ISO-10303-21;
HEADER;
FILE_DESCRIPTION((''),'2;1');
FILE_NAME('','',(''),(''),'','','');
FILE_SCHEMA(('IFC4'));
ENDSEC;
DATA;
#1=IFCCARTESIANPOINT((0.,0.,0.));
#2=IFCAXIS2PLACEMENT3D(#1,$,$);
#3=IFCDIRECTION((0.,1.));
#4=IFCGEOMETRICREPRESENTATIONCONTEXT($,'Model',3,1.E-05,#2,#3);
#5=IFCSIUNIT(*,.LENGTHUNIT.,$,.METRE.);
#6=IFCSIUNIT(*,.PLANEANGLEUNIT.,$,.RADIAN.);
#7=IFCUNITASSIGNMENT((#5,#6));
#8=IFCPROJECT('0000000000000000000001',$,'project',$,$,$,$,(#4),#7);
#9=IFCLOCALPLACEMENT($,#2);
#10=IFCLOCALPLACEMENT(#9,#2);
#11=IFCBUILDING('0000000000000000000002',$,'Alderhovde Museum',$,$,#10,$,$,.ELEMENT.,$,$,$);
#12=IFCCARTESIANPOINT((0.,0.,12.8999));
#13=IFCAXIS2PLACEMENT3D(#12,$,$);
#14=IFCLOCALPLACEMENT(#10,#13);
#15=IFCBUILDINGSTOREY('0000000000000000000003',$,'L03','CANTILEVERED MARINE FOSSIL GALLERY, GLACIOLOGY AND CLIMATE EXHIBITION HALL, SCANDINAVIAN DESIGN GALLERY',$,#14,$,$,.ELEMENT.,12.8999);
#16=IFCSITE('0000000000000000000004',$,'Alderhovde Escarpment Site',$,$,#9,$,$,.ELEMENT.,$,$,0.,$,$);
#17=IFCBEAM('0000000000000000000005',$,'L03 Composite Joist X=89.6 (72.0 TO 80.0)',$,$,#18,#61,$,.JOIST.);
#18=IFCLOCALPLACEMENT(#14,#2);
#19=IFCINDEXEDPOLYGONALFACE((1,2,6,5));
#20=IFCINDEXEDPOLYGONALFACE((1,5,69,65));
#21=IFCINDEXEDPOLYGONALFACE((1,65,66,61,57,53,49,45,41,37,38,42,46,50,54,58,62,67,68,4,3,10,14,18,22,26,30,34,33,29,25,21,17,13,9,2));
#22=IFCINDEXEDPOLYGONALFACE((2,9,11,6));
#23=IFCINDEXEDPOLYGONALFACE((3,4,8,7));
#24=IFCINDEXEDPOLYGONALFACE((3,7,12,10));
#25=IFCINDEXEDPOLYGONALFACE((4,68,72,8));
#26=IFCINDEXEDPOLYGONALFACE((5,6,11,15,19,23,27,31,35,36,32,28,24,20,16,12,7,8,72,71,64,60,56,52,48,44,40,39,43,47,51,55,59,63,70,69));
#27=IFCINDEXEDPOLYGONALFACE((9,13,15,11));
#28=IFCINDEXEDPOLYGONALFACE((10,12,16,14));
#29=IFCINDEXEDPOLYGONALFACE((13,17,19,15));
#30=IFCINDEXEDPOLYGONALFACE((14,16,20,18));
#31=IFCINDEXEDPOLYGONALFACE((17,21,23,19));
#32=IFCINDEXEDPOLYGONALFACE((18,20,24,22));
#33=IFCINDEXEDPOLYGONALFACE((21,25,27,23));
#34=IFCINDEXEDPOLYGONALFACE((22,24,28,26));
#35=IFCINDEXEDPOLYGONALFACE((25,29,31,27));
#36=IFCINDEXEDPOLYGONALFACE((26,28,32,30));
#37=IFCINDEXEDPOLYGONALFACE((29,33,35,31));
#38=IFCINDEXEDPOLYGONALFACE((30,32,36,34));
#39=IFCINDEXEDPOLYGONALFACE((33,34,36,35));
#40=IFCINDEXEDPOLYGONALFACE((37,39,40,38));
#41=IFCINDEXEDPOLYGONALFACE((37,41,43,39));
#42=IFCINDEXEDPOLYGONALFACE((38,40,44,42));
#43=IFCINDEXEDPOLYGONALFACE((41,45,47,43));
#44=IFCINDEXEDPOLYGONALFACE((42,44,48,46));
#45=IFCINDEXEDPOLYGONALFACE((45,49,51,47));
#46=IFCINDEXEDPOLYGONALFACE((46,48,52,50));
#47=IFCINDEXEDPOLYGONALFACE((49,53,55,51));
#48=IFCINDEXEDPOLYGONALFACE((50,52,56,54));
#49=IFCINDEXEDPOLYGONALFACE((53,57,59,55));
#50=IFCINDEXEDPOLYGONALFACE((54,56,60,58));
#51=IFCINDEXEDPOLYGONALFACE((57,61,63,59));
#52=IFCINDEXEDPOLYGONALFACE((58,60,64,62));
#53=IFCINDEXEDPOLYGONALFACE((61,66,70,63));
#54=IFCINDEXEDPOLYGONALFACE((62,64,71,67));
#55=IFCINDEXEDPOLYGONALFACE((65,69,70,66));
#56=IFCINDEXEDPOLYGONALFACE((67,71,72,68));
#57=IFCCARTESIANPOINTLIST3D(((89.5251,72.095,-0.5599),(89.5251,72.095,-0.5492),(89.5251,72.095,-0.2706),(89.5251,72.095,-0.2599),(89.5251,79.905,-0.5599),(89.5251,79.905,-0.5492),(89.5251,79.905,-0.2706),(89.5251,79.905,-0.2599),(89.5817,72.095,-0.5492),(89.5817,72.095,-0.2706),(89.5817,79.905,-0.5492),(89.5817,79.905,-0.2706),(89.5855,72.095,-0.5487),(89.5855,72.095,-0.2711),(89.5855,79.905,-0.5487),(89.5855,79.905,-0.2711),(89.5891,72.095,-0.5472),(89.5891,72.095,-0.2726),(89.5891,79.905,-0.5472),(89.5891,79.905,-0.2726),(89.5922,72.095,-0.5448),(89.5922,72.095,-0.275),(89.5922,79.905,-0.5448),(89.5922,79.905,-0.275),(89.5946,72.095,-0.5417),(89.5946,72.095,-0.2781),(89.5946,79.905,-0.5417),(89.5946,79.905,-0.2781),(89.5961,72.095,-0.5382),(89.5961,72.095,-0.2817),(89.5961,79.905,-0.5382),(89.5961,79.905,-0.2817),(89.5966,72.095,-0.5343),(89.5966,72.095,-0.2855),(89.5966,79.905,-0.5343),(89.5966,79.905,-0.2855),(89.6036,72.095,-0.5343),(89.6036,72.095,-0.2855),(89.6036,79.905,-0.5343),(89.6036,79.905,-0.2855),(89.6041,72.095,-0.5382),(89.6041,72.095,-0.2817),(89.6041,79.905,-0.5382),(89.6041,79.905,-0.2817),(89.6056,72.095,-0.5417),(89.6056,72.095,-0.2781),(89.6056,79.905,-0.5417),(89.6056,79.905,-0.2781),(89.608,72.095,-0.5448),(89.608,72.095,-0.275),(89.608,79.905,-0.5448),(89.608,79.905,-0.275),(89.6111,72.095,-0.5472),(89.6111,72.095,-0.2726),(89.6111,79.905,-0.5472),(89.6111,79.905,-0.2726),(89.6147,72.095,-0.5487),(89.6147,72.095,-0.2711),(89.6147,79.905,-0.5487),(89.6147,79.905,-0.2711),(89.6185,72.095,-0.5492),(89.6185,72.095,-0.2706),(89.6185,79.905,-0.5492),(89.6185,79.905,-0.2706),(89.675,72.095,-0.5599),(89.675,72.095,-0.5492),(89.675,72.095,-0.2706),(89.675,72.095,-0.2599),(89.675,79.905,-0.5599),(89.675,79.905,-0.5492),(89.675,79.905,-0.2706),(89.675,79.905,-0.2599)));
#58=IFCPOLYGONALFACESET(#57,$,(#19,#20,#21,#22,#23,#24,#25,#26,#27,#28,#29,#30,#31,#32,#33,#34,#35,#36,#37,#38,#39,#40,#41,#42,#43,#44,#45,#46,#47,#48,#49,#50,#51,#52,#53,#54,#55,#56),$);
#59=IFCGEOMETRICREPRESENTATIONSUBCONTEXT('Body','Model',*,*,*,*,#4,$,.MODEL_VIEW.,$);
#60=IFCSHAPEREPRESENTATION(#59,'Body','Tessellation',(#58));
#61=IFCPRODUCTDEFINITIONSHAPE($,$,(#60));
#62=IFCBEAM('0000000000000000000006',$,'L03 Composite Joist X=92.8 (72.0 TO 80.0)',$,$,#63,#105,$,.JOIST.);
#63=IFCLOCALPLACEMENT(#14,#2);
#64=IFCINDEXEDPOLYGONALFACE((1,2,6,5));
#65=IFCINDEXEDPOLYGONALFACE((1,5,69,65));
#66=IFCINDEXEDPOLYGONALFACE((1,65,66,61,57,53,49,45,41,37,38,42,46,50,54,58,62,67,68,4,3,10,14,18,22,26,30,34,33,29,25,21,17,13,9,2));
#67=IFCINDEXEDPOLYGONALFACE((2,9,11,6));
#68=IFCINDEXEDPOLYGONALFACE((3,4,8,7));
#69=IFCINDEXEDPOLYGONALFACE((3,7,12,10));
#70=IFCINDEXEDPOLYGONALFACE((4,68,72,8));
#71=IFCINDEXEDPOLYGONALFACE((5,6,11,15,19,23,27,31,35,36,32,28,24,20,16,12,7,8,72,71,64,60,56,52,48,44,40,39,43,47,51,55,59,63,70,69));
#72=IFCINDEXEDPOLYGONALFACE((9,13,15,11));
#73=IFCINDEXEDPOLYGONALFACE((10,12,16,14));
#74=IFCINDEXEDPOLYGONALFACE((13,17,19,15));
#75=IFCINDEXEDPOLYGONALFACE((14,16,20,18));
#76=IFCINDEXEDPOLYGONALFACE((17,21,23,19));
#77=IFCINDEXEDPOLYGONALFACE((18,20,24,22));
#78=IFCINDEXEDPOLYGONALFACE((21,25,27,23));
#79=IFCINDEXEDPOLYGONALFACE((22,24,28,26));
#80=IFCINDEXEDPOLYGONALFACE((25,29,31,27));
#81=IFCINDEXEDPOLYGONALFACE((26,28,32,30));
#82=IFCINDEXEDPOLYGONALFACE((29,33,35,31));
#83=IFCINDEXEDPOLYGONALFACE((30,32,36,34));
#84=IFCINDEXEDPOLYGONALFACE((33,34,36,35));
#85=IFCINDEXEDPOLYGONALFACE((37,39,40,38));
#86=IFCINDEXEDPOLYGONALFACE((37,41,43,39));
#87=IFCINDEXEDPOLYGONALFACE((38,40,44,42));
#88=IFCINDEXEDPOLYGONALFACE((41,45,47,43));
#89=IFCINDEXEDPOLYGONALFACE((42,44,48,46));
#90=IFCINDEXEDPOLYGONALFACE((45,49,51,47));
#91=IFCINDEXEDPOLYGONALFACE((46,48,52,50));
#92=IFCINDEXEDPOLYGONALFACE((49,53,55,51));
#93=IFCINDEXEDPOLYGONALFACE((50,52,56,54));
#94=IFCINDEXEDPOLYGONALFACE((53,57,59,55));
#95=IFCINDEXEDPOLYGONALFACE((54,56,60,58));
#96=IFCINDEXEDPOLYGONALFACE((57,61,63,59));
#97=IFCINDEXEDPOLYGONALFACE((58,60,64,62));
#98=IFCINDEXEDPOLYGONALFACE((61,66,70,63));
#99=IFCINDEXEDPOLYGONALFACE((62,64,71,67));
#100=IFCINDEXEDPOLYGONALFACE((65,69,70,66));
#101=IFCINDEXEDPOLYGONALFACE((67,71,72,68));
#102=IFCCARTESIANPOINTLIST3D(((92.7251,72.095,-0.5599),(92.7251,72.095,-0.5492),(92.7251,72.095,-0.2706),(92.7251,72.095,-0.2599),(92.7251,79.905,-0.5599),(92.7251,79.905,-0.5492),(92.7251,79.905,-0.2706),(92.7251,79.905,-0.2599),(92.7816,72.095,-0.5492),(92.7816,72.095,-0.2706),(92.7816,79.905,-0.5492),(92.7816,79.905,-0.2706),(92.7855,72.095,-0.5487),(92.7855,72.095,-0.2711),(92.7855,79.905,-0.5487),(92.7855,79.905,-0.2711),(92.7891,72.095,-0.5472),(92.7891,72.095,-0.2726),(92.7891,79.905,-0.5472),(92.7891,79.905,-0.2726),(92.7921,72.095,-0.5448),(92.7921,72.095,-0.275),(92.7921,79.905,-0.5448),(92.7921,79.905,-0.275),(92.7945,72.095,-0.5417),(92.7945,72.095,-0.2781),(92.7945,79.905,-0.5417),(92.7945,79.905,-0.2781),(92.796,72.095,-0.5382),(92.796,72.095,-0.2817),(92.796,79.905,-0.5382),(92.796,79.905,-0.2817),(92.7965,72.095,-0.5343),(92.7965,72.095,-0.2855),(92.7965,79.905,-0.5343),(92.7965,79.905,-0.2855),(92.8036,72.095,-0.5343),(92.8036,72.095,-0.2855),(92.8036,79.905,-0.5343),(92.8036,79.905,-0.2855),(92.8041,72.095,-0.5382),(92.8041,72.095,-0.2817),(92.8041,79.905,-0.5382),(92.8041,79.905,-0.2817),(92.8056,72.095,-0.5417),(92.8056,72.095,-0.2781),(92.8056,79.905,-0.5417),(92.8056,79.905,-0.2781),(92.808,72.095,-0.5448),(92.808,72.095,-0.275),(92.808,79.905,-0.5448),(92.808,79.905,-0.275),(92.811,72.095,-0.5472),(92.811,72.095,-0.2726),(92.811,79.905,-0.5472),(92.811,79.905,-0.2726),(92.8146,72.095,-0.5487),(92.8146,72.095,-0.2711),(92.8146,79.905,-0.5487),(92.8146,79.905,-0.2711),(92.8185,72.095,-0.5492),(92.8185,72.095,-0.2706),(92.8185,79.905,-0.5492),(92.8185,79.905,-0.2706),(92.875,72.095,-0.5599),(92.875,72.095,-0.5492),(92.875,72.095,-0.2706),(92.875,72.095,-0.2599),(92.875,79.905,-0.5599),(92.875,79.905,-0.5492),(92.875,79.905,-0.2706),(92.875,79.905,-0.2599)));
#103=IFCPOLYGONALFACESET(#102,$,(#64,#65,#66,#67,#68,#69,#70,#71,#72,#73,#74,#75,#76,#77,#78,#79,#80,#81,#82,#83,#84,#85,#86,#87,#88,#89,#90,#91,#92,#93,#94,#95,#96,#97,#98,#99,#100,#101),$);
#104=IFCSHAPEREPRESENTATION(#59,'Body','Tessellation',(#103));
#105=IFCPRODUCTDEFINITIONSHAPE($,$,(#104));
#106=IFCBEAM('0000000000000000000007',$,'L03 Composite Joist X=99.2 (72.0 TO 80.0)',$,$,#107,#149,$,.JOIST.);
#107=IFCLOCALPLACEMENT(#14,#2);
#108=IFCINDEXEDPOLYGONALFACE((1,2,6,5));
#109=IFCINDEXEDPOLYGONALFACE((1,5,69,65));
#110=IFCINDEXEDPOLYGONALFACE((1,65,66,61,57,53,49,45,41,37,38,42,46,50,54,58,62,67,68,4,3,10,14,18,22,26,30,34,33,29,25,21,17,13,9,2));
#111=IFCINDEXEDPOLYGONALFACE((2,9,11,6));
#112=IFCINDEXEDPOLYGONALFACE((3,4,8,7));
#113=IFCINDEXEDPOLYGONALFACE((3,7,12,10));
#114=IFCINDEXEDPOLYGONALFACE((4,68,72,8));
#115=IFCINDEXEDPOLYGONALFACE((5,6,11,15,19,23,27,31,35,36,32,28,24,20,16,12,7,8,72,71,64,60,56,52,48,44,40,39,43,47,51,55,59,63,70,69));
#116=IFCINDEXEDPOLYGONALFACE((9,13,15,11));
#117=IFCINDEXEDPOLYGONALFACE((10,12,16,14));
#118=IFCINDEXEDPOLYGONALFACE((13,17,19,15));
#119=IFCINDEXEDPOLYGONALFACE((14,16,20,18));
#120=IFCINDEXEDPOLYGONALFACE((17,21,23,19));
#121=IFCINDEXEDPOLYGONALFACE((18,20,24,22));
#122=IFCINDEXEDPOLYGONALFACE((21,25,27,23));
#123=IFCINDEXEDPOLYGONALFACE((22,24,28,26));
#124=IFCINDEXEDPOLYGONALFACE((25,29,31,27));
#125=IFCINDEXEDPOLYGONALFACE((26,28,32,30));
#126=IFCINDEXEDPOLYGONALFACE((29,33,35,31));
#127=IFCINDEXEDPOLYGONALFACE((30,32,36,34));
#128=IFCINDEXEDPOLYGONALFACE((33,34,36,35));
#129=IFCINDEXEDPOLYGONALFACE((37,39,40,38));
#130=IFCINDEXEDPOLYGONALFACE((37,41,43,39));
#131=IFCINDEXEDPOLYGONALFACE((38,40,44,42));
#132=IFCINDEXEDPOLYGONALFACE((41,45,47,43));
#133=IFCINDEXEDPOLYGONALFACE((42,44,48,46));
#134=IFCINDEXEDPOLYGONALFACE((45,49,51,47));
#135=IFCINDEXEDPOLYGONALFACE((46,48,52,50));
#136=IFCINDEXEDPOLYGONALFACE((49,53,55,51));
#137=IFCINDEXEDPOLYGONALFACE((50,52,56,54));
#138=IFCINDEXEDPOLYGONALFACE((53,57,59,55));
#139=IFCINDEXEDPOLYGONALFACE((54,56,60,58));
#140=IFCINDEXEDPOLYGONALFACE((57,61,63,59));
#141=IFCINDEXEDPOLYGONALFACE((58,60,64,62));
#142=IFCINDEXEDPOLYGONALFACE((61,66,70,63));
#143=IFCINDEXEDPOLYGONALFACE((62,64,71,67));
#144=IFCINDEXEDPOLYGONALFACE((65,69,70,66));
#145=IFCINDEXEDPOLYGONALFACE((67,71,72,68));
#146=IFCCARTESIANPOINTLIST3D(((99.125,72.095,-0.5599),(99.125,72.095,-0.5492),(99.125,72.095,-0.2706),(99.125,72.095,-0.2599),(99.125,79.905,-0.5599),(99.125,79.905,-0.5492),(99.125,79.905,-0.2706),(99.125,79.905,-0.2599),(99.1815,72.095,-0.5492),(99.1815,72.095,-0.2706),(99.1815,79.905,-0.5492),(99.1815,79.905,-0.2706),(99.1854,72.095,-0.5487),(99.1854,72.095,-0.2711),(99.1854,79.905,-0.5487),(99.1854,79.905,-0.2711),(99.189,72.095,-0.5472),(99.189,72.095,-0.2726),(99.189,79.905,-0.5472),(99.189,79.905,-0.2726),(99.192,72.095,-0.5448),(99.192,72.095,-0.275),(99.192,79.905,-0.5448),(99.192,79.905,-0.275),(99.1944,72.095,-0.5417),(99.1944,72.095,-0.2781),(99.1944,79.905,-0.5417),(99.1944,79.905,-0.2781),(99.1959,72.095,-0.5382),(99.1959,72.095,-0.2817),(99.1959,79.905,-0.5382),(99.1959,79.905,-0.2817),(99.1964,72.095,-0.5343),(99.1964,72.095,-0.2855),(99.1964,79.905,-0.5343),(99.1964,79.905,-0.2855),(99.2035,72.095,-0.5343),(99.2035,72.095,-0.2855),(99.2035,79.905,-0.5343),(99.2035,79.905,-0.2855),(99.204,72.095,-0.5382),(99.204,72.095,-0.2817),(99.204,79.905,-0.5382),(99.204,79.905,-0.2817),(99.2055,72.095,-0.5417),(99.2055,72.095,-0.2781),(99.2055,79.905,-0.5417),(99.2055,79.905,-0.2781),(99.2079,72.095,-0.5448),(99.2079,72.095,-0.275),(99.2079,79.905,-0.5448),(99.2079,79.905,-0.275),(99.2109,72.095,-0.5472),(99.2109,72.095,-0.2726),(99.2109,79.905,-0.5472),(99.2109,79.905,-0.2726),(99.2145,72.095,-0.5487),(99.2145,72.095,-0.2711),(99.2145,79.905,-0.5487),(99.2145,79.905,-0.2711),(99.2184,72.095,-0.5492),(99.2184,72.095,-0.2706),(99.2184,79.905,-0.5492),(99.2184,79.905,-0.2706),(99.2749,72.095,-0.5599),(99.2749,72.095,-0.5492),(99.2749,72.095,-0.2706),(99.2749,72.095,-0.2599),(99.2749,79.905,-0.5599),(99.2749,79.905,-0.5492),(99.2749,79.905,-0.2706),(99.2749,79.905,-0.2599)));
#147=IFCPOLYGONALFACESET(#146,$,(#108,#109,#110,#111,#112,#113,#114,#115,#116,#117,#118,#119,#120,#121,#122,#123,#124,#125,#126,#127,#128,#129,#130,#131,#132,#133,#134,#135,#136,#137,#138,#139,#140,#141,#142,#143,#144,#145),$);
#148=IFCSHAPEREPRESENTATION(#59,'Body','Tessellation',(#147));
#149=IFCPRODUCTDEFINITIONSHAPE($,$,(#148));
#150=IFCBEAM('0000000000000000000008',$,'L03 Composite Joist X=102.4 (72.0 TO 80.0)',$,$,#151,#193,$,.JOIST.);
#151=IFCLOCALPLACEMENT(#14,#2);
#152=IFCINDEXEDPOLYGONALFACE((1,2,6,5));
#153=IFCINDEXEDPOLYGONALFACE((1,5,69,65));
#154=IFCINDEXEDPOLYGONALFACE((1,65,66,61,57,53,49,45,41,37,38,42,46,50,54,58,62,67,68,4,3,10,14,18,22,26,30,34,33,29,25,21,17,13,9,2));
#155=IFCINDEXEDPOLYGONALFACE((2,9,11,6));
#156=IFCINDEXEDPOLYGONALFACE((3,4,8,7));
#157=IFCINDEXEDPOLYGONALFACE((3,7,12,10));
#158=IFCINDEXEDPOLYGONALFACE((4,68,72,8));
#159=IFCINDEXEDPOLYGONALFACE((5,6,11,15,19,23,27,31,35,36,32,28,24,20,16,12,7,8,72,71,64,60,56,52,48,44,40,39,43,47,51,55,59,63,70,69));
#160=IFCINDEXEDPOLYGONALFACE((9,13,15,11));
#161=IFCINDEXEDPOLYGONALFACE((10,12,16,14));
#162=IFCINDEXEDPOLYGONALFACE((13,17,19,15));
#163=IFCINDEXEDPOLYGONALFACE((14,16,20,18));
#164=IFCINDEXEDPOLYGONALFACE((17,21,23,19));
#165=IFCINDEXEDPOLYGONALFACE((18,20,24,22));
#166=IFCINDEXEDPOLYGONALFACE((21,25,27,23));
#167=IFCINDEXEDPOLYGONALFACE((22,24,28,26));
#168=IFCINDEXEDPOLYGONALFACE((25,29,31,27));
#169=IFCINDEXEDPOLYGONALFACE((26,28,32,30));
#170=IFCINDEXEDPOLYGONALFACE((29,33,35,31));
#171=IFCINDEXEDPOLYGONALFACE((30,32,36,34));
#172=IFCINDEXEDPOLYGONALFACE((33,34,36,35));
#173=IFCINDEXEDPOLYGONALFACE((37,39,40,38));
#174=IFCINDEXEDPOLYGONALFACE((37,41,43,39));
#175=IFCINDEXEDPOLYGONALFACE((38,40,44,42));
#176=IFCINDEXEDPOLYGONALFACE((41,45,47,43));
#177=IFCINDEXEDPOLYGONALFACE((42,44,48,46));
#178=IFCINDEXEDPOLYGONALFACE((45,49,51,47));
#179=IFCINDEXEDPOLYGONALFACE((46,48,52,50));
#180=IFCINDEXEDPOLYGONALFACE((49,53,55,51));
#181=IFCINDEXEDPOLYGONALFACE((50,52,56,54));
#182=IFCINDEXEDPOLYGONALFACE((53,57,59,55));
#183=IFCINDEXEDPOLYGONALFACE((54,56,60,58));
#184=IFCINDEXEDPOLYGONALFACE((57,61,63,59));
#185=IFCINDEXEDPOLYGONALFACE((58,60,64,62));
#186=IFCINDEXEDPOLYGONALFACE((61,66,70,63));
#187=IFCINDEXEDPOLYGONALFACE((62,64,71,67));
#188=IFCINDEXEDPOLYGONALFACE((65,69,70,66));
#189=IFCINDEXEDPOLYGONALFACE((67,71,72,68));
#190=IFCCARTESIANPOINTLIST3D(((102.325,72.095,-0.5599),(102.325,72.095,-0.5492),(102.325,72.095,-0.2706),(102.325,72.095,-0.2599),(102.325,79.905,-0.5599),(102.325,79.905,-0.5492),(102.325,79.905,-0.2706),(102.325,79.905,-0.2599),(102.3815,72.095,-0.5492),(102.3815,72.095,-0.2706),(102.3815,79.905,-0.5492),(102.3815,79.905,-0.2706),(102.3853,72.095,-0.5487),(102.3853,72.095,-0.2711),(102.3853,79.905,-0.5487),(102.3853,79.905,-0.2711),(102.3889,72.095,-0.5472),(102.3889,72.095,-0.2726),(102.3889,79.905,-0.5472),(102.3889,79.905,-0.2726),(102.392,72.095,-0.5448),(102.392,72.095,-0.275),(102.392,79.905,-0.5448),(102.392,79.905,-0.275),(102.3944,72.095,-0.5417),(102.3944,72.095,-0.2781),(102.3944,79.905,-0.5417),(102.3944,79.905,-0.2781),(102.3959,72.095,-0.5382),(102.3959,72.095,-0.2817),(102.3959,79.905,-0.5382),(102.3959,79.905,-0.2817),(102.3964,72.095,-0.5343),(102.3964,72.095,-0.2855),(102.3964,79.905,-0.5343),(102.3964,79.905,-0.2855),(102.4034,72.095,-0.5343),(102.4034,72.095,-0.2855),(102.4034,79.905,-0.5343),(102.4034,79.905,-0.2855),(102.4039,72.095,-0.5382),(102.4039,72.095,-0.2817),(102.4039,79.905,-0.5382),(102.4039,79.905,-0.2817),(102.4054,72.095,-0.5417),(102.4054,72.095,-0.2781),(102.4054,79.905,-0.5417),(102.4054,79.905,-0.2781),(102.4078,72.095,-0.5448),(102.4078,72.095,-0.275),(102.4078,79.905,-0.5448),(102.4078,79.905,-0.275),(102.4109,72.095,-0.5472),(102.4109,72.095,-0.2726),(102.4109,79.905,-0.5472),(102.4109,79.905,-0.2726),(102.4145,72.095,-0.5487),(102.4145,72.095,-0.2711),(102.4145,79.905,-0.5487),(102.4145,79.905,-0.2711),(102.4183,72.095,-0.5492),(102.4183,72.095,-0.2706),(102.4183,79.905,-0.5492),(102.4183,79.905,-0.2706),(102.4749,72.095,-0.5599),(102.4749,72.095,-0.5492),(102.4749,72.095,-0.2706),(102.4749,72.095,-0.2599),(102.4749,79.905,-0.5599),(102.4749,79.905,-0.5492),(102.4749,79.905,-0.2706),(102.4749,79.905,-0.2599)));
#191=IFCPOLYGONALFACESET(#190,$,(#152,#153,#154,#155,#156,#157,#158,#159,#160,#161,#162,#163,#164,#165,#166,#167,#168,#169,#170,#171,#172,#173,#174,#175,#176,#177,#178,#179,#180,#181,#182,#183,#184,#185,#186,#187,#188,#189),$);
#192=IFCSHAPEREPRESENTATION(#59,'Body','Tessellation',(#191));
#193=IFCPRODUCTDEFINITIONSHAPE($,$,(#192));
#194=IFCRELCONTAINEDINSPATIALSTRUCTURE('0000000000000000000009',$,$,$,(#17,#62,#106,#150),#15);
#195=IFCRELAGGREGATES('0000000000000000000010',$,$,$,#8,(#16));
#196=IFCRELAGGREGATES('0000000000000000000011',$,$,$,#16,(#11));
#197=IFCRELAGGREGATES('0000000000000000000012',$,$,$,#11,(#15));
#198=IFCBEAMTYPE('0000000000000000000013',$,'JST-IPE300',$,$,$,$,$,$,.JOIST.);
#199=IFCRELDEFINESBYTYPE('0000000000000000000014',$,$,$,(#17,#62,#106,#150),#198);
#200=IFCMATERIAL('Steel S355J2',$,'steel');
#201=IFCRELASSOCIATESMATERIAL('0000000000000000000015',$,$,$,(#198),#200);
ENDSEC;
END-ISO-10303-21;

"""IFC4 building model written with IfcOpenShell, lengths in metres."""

from ifc_helpers import new_model, si_unit, direction, frame, origin, origin_2d, place, context, subcontext, project, spatial, i_section, extrude, material, material_profile, profile_set, type_object, element, save


model = new_model("IFC4")

# Units and contexts
model_context = context("Model", 3, precision=1e-05, world=origin(), true_north=direction((0.0, 1.0)))
body_context = subcontext(model_context, "Body", "Model", "MODEL_VIEW")
ifc_project = project(units=[si_unit("LENGTHUNIT", "METRE"), si_unit("PLANEANGLEUNIT", "RADIAN")], contexts=[model_context])

# Site, building, storey
site_placement = place(None, origin())
site = spatial("IfcSite", under=ifc_project, at=site_placement, Name="Alderhovde Escarpment Site", CompositionType="ELEMENT", RefElevation=0.0)
building_placement = place(site_placement, origin())
building = spatial("IfcBuilding", under=site, at=building_placement, Name="Alderhovde Museum", CompositionType="ELEMENT")
storey_placement = place(building_placement, frame((0.0, 0.0, 12.8999)))
storey = spatial("IfcBuildingStorey", under=building, at=storey_placement, Name="L03", Description="CANTILEVERED MARINE FOSSIL GALLERY, GLACIOLOGY AND CLIMATE EXHIBITION HALL, SCANDINAVIAN DESIGN GALLERY", CompositionType="ELEMENT", Elevation=12.8999)

# Beams
ifc_material_1 = material(Name="Steel S355J2", Category="steel")
ifc_material_profile_1 = material_profile(ifc_material_1, i_section(OverallWidth=0.1499, OverallDepth=0.3, WebThickness=0.0071, FlangeThickness=0.0107, FilletRadius=0.0149, at=origin_2d()), Name="IPE 300")
ifc_profile_set_1 = profile_set([ifc_material_profile_1], Name="Steel S355J2")
beam_type_1 = type_object("IfcBeamType", Name="JST-IPE300", PredefinedType="JOIST", material=ifc_profile_set_1)
for number, where, z_axis, x_axis, name in (
    (1, (89.6001, 72.095, -0.4099), (0.0, 1.0, 0.0), (-1.0, 0.0, 0.0), "L03 Composite Joist X=89.6 (72.0 TO 80.0)"),
    (2, (92.8, 72.095, -0.4099), (0.0, 1.0, 0.0), (-1.0, 0.0, 0.0), "L03 Composite Joist X=92.8 (72.0 TO 80.0)"),
    (3, (99.2, 72.095, -0.4099), (0.0, 1.0, 0.0), (-1.0, 0.0, 0.0), "L03 Composite Joist X=99.2 (72.0 TO 80.0)"),
    (4, (102.3999, 72.095, -0.4099), (0.0, 1.0, 0.0), (-1.0, 0.0, 0.0), "L03 Composite Joist X=102.4 (72.0 TO 80.0)"),
):
    element("IfcBeam", number, at=place(storey_placement, frame(where, z_axis=z_axis, x_axis=x_axis)), inside=storey, type_object=beam_type_1, Name=name, PredefinedType="JOIST", context=body_context, shape_type="SweptSolid", body=[
        extrude(i_section(OverallWidth=0.1499, OverallDepth=0.3, WebThickness=0.0071, FlangeThickness=0.0107, FilletRadius=0.0149, at=origin_2d()), origin(), (0.0, 0.0, 1.0), 7.8101),
    ])

save(model, "model.ifc")
